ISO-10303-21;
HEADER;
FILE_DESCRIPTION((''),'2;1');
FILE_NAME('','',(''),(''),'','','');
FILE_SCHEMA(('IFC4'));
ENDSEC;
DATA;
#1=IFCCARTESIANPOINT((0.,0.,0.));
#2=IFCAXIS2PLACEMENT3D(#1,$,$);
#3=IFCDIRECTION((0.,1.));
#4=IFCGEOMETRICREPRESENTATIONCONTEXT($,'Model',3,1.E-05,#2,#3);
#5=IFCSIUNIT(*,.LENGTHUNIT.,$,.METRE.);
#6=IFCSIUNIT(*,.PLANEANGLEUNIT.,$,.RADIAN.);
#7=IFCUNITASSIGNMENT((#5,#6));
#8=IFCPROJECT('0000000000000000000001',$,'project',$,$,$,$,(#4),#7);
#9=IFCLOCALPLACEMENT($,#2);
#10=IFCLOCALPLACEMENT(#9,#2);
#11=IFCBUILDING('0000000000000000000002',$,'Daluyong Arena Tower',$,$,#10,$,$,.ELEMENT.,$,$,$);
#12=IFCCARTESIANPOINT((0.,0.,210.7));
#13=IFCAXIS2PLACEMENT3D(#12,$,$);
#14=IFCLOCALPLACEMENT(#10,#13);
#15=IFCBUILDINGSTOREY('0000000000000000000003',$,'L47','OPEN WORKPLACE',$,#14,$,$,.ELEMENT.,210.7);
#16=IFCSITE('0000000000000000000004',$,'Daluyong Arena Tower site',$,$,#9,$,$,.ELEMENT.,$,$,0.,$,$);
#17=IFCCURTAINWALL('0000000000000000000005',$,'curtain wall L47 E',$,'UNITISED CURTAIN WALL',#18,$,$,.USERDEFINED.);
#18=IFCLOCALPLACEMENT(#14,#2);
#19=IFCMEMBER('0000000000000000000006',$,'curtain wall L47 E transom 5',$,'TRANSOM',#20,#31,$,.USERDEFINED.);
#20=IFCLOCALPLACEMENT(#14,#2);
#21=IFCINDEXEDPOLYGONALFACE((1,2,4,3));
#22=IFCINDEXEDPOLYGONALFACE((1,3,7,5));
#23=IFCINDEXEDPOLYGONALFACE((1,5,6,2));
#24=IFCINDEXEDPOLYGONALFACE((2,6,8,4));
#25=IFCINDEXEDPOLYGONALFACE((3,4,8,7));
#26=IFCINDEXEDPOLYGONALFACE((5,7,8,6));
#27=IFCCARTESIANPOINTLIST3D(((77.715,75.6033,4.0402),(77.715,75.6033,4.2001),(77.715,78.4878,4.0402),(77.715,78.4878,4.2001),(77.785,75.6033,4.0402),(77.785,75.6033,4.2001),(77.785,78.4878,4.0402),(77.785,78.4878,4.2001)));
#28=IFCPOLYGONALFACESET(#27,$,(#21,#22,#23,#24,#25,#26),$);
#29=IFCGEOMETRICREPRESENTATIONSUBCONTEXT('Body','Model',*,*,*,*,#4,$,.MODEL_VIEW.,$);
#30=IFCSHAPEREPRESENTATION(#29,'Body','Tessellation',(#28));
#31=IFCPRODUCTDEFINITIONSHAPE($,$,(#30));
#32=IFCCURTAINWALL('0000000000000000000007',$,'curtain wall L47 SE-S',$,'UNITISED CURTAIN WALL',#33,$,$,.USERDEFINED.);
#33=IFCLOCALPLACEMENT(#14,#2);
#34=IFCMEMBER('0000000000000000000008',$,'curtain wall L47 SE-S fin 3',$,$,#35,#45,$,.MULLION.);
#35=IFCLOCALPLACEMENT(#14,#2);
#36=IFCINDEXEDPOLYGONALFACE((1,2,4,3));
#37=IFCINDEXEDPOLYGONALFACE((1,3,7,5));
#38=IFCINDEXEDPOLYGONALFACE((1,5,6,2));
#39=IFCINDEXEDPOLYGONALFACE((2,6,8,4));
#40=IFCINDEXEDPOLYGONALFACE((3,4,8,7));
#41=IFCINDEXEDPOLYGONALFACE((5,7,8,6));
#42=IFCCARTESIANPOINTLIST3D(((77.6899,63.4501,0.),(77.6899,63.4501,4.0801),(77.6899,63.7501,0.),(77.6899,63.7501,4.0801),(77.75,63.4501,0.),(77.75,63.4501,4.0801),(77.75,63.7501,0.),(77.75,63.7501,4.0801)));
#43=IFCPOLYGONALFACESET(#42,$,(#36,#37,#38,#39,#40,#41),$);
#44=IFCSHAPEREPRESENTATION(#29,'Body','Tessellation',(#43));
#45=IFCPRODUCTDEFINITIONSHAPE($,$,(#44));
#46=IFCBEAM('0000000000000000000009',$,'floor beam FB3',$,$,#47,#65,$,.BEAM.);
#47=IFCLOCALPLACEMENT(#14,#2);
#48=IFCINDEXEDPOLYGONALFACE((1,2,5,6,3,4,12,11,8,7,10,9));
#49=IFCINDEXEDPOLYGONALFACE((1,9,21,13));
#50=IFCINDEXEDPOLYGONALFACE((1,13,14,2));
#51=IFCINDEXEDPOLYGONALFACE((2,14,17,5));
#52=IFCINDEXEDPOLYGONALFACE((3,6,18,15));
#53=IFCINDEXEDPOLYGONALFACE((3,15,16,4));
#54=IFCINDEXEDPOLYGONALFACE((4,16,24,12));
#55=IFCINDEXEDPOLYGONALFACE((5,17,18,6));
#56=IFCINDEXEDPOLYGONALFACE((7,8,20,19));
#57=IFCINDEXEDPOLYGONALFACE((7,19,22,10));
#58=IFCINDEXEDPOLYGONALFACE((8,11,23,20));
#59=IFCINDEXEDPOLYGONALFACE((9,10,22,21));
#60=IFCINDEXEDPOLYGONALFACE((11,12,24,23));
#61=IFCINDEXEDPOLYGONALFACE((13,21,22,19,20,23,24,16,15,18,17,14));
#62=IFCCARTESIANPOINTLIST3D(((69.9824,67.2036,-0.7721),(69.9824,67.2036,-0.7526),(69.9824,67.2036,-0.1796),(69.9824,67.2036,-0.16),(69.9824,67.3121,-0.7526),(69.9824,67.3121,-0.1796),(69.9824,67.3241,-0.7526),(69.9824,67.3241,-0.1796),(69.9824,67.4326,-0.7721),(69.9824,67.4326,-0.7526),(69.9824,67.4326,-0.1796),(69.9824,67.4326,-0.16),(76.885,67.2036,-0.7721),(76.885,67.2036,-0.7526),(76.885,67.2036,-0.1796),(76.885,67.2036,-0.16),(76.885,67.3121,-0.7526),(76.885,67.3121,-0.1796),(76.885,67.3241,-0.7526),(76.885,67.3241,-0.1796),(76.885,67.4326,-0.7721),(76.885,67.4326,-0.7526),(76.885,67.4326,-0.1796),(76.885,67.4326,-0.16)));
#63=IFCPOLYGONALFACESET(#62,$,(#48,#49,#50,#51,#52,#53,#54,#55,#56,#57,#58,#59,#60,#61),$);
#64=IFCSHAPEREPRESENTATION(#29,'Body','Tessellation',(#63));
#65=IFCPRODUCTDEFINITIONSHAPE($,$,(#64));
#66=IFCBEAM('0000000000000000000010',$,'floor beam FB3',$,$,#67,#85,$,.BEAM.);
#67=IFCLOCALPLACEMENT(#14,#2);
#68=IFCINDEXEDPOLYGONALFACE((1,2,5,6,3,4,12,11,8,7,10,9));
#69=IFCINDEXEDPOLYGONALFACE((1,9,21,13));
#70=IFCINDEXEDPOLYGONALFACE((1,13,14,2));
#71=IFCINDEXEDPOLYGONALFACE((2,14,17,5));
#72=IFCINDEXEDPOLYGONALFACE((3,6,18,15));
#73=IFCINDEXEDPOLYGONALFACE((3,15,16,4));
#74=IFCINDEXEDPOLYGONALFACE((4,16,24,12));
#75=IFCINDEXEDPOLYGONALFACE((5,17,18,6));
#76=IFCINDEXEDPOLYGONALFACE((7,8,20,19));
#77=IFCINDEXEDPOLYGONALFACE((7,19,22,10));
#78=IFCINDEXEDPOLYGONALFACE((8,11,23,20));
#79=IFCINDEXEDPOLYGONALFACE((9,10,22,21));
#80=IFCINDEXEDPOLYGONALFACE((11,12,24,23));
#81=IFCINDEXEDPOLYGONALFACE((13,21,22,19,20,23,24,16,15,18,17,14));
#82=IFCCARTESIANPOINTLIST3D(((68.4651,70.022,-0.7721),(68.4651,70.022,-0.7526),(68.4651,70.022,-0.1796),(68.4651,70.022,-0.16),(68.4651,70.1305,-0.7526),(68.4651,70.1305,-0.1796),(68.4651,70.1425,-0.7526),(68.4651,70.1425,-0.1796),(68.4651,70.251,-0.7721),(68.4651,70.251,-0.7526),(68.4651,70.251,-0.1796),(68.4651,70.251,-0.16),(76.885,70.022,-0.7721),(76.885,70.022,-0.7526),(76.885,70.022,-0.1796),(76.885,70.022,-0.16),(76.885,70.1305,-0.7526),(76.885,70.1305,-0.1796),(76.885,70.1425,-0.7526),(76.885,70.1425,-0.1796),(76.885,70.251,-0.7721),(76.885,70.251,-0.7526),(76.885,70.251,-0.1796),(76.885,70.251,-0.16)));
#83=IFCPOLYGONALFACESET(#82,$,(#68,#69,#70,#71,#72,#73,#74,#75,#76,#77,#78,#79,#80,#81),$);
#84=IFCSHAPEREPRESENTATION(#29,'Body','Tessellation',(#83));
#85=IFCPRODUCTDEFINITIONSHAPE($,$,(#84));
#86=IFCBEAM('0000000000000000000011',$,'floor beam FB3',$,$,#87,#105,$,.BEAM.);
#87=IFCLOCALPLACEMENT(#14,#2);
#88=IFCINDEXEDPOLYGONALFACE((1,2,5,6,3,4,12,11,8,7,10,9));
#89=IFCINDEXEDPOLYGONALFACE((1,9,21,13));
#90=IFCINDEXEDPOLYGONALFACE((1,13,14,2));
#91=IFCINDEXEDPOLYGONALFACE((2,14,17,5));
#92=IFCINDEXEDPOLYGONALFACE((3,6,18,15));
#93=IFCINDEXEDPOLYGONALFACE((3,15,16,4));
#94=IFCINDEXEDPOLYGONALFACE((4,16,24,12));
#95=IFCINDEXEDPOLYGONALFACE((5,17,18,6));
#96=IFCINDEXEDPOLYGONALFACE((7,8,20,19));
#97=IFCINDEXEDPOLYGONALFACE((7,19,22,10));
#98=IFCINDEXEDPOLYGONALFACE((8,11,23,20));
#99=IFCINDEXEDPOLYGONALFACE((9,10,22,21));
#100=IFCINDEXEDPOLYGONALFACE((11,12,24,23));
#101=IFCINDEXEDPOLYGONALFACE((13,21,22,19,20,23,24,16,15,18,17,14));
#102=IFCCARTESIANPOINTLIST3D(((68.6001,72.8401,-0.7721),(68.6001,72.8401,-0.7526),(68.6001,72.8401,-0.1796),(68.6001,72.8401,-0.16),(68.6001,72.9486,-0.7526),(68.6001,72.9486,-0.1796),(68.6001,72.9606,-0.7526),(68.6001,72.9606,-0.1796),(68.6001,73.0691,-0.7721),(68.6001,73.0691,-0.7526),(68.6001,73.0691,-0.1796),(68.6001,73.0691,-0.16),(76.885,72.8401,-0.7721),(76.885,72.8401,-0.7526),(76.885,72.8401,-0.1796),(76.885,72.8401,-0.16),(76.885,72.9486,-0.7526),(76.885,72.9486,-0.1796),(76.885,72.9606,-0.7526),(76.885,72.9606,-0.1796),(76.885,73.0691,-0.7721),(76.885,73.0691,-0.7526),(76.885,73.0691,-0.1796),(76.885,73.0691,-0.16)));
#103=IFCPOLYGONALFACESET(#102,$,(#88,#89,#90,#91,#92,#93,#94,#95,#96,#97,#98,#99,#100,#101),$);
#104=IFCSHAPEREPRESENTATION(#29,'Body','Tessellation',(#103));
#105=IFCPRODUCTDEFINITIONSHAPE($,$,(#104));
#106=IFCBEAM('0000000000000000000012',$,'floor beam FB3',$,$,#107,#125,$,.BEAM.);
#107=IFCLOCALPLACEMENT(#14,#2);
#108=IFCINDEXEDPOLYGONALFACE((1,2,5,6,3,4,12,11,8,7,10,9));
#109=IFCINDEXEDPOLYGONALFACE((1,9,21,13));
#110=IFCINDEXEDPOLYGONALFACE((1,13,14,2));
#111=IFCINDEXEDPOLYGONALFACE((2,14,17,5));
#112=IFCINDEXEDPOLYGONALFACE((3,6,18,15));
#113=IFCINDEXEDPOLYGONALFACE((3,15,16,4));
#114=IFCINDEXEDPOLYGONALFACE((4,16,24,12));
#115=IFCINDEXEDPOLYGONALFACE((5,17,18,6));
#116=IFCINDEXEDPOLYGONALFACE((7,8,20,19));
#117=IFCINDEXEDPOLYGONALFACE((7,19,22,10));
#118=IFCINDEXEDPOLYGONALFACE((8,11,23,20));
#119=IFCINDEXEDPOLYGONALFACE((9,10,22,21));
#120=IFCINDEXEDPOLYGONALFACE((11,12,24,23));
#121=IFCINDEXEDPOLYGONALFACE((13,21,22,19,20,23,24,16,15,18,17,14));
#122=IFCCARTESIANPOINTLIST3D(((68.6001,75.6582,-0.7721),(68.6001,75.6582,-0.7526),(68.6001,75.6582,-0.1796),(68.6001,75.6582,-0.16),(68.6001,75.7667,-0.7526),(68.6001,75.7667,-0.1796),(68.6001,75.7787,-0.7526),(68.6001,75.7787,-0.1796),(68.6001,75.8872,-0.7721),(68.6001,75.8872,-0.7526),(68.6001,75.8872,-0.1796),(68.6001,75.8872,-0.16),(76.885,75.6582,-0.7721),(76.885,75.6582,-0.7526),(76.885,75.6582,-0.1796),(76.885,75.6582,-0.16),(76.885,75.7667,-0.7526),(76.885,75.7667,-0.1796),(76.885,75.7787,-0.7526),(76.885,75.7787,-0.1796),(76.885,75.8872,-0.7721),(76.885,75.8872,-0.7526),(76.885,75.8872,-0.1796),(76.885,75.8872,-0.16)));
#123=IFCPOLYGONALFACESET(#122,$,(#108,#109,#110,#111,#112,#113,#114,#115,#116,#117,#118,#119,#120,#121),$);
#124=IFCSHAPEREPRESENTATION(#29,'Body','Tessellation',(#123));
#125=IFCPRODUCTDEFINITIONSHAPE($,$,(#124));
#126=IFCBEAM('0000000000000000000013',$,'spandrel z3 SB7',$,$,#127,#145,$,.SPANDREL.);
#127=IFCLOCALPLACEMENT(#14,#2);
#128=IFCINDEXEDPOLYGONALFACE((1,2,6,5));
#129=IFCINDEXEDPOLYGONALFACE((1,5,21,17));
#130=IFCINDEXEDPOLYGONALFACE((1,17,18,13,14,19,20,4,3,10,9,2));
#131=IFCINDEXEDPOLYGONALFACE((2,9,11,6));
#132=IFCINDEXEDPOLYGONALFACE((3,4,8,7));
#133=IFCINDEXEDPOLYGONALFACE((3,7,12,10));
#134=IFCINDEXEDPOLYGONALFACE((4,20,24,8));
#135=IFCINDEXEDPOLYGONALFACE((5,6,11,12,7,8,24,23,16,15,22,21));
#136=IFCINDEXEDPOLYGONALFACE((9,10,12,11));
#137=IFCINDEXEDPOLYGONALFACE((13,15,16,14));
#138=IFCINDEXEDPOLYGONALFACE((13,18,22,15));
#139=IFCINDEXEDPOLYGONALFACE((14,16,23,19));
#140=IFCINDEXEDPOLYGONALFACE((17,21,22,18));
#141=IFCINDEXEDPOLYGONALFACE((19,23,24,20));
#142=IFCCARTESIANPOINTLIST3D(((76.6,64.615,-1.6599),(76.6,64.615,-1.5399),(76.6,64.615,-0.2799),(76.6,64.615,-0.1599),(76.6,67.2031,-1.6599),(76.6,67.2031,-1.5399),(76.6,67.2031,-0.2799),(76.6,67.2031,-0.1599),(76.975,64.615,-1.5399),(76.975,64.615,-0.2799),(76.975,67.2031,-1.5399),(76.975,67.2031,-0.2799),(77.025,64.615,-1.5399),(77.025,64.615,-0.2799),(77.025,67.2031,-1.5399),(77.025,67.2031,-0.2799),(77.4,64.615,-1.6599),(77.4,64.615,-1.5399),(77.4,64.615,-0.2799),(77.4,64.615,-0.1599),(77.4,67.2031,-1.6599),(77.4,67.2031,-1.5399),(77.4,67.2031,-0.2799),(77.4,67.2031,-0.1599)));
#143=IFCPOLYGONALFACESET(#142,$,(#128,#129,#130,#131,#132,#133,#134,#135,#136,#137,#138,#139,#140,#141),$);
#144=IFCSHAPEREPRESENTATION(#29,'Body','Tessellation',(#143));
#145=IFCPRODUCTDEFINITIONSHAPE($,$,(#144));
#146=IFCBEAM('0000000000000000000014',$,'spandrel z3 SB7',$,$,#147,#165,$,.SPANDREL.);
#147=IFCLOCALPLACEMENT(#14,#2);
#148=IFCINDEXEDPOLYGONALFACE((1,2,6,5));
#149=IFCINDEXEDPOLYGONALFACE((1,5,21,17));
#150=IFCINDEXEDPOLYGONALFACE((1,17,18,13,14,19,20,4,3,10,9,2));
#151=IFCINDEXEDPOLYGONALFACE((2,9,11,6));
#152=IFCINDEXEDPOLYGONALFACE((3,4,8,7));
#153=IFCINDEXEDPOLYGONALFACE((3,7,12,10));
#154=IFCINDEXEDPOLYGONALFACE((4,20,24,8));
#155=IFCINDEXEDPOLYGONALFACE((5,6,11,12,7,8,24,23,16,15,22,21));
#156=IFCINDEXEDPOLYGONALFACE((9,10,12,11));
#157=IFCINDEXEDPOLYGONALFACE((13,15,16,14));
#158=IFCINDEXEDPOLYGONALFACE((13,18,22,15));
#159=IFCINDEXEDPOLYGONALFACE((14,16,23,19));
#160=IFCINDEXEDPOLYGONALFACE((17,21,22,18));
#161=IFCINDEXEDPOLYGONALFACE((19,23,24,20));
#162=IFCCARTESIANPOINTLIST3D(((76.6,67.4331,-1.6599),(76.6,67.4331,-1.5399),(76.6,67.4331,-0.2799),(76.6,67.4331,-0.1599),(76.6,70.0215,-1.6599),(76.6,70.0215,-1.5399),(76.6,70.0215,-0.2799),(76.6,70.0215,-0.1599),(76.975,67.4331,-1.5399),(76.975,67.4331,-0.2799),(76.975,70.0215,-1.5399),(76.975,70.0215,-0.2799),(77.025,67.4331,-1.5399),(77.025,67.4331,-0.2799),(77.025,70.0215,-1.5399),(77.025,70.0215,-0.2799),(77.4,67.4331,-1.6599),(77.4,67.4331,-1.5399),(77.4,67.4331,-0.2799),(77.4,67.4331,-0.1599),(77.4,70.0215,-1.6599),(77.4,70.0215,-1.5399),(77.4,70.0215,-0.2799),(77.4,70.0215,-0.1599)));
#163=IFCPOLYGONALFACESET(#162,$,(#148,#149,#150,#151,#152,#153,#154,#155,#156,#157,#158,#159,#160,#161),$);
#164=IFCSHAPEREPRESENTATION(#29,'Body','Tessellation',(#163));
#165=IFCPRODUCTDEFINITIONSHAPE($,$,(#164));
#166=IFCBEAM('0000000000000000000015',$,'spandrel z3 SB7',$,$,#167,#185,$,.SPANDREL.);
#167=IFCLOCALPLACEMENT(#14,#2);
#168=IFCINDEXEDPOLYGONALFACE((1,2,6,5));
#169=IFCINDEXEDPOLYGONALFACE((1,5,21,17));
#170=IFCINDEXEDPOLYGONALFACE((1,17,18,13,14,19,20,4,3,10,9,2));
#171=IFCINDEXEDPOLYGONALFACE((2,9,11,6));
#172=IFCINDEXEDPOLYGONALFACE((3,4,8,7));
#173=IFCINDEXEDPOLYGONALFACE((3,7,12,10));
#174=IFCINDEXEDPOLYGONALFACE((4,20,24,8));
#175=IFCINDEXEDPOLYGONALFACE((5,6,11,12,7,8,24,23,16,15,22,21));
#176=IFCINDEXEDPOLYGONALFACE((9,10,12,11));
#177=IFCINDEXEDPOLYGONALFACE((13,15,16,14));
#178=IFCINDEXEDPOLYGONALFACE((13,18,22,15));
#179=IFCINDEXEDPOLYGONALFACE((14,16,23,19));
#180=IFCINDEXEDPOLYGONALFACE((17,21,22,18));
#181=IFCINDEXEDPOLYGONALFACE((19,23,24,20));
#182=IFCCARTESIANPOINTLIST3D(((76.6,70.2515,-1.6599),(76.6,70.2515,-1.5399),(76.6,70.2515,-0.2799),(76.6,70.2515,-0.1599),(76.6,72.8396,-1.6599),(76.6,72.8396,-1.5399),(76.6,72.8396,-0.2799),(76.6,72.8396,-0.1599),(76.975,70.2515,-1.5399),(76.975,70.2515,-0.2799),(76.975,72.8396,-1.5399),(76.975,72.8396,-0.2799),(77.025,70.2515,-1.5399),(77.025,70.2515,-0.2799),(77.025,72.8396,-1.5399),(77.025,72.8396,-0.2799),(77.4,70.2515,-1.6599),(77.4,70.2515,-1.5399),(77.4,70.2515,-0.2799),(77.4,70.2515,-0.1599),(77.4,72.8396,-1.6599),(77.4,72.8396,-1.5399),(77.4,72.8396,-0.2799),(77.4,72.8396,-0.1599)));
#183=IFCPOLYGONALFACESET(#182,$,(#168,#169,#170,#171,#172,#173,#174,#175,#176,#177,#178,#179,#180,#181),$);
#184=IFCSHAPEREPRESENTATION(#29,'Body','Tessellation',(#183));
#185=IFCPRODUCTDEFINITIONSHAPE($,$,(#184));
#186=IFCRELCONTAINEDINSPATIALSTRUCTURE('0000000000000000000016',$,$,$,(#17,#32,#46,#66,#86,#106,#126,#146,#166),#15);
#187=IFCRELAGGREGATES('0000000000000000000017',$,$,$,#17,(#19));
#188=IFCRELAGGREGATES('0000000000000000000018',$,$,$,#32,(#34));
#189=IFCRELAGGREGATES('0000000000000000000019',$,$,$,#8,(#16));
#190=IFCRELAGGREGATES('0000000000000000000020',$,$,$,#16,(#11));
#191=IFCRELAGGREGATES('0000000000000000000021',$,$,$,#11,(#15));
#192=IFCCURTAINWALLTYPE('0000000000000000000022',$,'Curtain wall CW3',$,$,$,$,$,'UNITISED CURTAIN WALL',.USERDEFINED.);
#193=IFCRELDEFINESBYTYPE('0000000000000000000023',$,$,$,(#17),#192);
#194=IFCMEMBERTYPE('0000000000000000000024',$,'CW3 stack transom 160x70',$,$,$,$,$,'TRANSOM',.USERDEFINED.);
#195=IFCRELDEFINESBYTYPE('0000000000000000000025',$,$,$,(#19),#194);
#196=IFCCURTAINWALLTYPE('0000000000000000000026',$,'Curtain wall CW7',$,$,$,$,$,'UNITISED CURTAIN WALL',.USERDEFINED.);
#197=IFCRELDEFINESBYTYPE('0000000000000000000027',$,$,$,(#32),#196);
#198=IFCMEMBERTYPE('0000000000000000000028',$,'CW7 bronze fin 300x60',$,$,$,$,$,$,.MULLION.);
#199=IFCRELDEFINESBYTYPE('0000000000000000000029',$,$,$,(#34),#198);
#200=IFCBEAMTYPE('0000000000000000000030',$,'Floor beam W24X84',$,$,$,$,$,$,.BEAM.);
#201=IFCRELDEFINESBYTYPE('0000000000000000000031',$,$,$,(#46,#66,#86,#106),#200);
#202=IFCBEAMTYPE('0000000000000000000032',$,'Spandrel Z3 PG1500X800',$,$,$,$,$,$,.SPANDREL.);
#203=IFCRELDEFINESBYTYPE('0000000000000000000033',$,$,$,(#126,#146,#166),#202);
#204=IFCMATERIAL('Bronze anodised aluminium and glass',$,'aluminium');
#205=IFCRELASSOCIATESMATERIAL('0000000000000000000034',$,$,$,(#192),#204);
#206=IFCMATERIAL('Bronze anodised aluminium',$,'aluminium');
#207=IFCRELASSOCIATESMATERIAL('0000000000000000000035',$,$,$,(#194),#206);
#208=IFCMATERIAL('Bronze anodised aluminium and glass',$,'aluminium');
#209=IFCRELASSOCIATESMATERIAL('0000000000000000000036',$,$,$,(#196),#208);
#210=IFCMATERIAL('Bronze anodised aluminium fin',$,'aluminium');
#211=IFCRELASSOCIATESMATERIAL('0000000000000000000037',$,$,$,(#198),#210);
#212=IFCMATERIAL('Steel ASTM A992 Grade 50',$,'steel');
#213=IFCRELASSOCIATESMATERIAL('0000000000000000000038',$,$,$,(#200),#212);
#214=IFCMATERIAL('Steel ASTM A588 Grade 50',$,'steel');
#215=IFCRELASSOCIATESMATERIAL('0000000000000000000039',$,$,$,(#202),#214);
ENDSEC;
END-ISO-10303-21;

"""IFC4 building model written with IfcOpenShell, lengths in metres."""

from ifc_helpers import new_model, si_unit, direction, frame, origin, origin_2d, place, context, subcontext, project, spatial, rectangle, i_section, extrude, material, material_profile, profile_set, type_object, element, aggregate, save


model = new_model("IFC4")

# Units and contexts
model_context = context("Model", 3, precision=1e-05, world=origin(), true_north=direction((0.0, 1.0)))
body_context = subcontext(model_context, "Body", "Model", "MODEL_VIEW")
ifc_project = project(units=[si_unit("LENGTHUNIT", "METRE"), si_unit("PLANEANGLEUNIT", "RADIAN")], contexts=[model_context])

# Site, building, storey
site_placement = place(None, origin())
site = spatial("IfcSite", under=ifc_project, at=site_placement, Name="Daluyong Arena Tower site", CompositionType="ELEMENT", RefElevation=0.0)
building_placement = place(site_placement, origin())
building = spatial("IfcBuilding", under=site, at=building_placement, Name="Daluyong Arena Tower", CompositionType="ELEMENT")
storey_placement = place(building_placement, frame((0.0, 0.0, 210.7)))
storey = spatial("IfcBuildingStorey", under=building, at=storey_placement, Name="L47", Description="OPEN WORKPLACE", CompositionType="ELEMENT", Elevation=210.7)

# Curtain wall, member
ifc_material_1 = material(Name="Bronze anodised aluminium and glass", Category="aluminium")
curtain_wall_type_1 = type_object("IfcCurtainWallType", Name="Curtain wall CW3", ElementType="UNITISED CURTAIN WALL", PredefinedType="USERDEFINED", material=ifc_material_1)
curtain_wall_1_placement = place(storey_placement, origin())
curtain_wall_1 = element("IfcCurtainWall", 1, at=curtain_wall_1_placement, inside=storey, type_object=curtain_wall_type_1, Name="curtain wall L47 E", ObjectType="UNITISED CURTAIN WALL", PredefinedType="USERDEFINED")
ifc_material_2 = material(Name="Bronze anodised aluminium", Category="aluminium")
ifc_material_profile_1 = material_profile(ifc_material_2, rectangle(XDim=0.0701, YDim=0.1599, at=origin_2d()))
ifc_profile_set_1 = profile_set([ifc_material_profile_1], Name="Bronze anodised aluminium")
member_type_1 = type_object("IfcMemberType", Name="CW3 stack transom 160x70", ElementType="TRANSOM", PredefinedType="USERDEFINED", material=ifc_profile_set_1)
member_1_placement = place(storey_placement, frame((77.75, 75.6033, 4.1201), z_axis=(0.0, 1.0, 0.0), x_axis=(-1.0, 0.0, 0.0)))
member_1 = element("IfcMember", 2, at=member_1_placement, type_object=member_type_1, Name="curtain wall L47 E transom 5", ObjectType="TRANSOM", PredefinedType="USERDEFINED", context=body_context, shape_type="SweptSolid", body=[
    extrude(rectangle(XDim=0.0701, YDim=0.1599, at=origin_2d()), origin(), (0.0, 0.0, 1.0), 2.8845),
])

# Curtain wall, member
ifc_material_3 = material(Name="Bronze anodised aluminium and glass", Category="aluminium")
curtain_wall_type_2 = type_object("IfcCurtainWallType", Name="Curtain wall CW7", ElementType="UNITISED CURTAIN WALL", PredefinedType="USERDEFINED", material=ifc_material_3)
curtain_wall_2_placement = place(storey_placement, origin())
curtain_wall_2 = element("IfcCurtainWall", 3, at=curtain_wall_2_placement, inside=storey, type_object=curtain_wall_type_2, Name="curtain wall L47 SE-S", ObjectType="UNITISED CURTAIN WALL", PredefinedType="USERDEFINED")
ifc_material_4 = material(Name="Bronze anodised aluminium fin", Category="aluminium")
ifc_material_profile_2 = material_profile(ifc_material_4, rectangle(XDim=0.3, YDim=0.0601, at=origin_2d()))
ifc_profile_set_2 = profile_set([ifc_material_profile_2], Name="Bronze anodised aluminium fin")
member_type_2 = type_object("IfcMemberType", Name="CW7 bronze fin 300x60", PredefinedType="MULLION", material=ifc_profile_set_2)
member_2_placement = place(storey_placement, frame((77.72, 63.6001, 0.0), z_axis=(0.0, 0.0, 1.0), x_axis=(0.0, 1.0, 0.0)))
member_2 = element("IfcMember", 4, at=member_2_placement, type_object=member_type_2, Name="curtain wall L47 SE-S fin 3", PredefinedType="MULLION", context=body_context, shape_type="SweptSolid", body=[
    extrude(rectangle(XDim=0.3, YDim=0.0601, at=origin_2d()), origin(), (0.0, 0.0, 1.0), 4.0801),
])

# Beams
ifc_material_5 = material(Name="Steel ASTM A992 Grade 50", Category="steel")
ifc_material_profile_3 = material_profile(ifc_material_5, i_section(OverallWidth=0.229, OverallDepth=0.6121, WebThickness=0.012, FlangeThickness=0.0195, at=origin_2d()))
ifc_profile_set_3 = profile_set([ifc_material_profile_3], Name="Steel ASTM A992 Grade 50")
beam_type_1 = type_object("IfcBeamType", Name="Floor beam W24X84", PredefinedType="BEAM", material=ifc_profile_set_3)
beam_1_placement = place(storey_placement, frame((76.885, 67.3181, -0.4661), z_axis=(-1.0, 0.0, 0.0), x_axis=(0.0, -1.0, 0.0)))
element("IfcBeam", 5, at=beam_1_placement, inside=storey, type_object=beam_type_1, Name="floor beam FB3", PredefinedType="BEAM", context=body_context, shape_type="SweptSolid", body=[
    extrude(i_section(OverallWidth=0.229, OverallDepth=0.6121, WebThickness=0.012, FlangeThickness=0.0195, at=origin_2d()), origin(), (0.0, 0.0, 1.0), 6.9026),
])
beam_2_placement = place(storey_placement, frame((76.885, 70.1365, -0.4661), z_axis=(-1.0, 0.0, 0.0), x_axis=(0.0, -1.0, 0.0)))
element("IfcBeam", 6, at=beam_2_placement, inside=storey, type_object=beam_type_1, Name="floor beam FB3", PredefinedType="BEAM", context=body_context, shape_type="SweptSolid", body=[
    extrude(i_section(OverallWidth=0.229, OverallDepth=0.6121, WebThickness=0.012, FlangeThickness=0.0195, at=origin_2d()), origin(), (0.0, 0.0, 1.0), 8.4199),
])
for number, where, z_axis, x_axis, name in (
    (7, (76.885, 72.9546, -0.4661), (-1.0, 0.0, 0.0), (0.0, -1.0, 0.0), "floor beam FB3"),
    (8, (76.885, 75.7727, -0.4661), (-1.0, 0.0, 0.0), (0.0, -1.0, 0.0), "floor beam FB3"),
):
    element("IfcBeam", number, at=place(storey_placement, frame(where, z_axis=z_axis, x_axis=x_axis)), inside=storey, type_object=beam_type_1, Name=name, PredefinedType="BEAM", context=body_context, shape_type="SweptSolid", body=[
        extrude(i_section(OverallWidth=0.229, OverallDepth=0.6121, WebThickness=0.012, FlangeThickness=0.0195, at=origin_2d()), origin(), (0.0, 0.0, 1.0), 8.2849),
    ])
ifc_material_6 = material(Name="Steel ASTM A588 Grade 50", Category="steel")
ifc_material_profile_4 = material_profile(ifc_material_6, i_section(OverallWidth=0.8, OverallDepth=1.5, WebThickness=0.05, FlangeThickness=0.12, at=origin_2d()))
ifc_profile_set_4 = profile_set([ifc_material_profile_4], Name="Steel ASTM A588 Grade 50")
beam_type_2 = type_object("IfcBeamType", Name="Spandrel Z3 PG1500X800", PredefinedType="SPANDREL", material=ifc_profile_set_4)
beam_3_placement = place(storey_placement, frame((77.0, 64.615, -0.9099), z_axis=(0.0, 1.0, 0.0), x_axis=(-1.0, 0.0, 0.0)))
element("IfcBeam", 9, at=beam_3_placement, inside=storey, type_object=beam_type_2, Name="spandrel z3 SB7", PredefinedType="SPANDREL", context=body_context, shape_type="SweptSolid", body=[
    extrude(i_section(OverallWidth=0.8, OverallDepth=1.5, WebThickness=0.05, FlangeThickness=0.12, at=origin_2d()), origin(), (0.0, 0.0, 1.0), 2.5881),
])
beam_4_placement = place(storey_placement, frame((77.0, 67.4331, -0.9099), z_axis=(0.0, 1.0, 0.0), x_axis=(-1.0, 0.0, 0.0)))
element("IfcBeam", 10, at=beam_4_placement, inside=storey, type_object=beam_type_2, Name="spandrel z3 SB7", PredefinedType="SPANDREL", context=body_context, shape_type="SweptSolid", body=[
    extrude(i_section(OverallWidth=0.8, OverallDepth=1.5, WebThickness=0.05, FlangeThickness=0.12, at=origin_2d()), origin(), (0.0, 0.0, 1.0), 2.5884),
])
for number, where, z_axis, x_axis, name in (
    (11, (77.0, 70.2515, -0.9099), (0.0, 1.0, 0.0), (-1.0, 0.0, 0.0), "spandrel z3 SB7"),
):
    element("IfcBeam", number, at=place(storey_placement, frame(where, z_axis=z_axis, x_axis=x_axis)), inside=storey, type_object=beam_type_2, Name=name, PredefinedType="SPANDREL", context=body_context, shape_type="SweptSolid", body=[
        extrude(i_section(OverallWidth=0.8, OverallDepth=1.5, WebThickness=0.05, FlangeThickness=0.12, at=origin_2d()), origin(), (0.0, 0.0, 1.0), 2.5881),
    ])

aggregate(curtain_wall_1, [member_1])
aggregate(curtain_wall_2, [member_2])

save(model, "model.ifc")
